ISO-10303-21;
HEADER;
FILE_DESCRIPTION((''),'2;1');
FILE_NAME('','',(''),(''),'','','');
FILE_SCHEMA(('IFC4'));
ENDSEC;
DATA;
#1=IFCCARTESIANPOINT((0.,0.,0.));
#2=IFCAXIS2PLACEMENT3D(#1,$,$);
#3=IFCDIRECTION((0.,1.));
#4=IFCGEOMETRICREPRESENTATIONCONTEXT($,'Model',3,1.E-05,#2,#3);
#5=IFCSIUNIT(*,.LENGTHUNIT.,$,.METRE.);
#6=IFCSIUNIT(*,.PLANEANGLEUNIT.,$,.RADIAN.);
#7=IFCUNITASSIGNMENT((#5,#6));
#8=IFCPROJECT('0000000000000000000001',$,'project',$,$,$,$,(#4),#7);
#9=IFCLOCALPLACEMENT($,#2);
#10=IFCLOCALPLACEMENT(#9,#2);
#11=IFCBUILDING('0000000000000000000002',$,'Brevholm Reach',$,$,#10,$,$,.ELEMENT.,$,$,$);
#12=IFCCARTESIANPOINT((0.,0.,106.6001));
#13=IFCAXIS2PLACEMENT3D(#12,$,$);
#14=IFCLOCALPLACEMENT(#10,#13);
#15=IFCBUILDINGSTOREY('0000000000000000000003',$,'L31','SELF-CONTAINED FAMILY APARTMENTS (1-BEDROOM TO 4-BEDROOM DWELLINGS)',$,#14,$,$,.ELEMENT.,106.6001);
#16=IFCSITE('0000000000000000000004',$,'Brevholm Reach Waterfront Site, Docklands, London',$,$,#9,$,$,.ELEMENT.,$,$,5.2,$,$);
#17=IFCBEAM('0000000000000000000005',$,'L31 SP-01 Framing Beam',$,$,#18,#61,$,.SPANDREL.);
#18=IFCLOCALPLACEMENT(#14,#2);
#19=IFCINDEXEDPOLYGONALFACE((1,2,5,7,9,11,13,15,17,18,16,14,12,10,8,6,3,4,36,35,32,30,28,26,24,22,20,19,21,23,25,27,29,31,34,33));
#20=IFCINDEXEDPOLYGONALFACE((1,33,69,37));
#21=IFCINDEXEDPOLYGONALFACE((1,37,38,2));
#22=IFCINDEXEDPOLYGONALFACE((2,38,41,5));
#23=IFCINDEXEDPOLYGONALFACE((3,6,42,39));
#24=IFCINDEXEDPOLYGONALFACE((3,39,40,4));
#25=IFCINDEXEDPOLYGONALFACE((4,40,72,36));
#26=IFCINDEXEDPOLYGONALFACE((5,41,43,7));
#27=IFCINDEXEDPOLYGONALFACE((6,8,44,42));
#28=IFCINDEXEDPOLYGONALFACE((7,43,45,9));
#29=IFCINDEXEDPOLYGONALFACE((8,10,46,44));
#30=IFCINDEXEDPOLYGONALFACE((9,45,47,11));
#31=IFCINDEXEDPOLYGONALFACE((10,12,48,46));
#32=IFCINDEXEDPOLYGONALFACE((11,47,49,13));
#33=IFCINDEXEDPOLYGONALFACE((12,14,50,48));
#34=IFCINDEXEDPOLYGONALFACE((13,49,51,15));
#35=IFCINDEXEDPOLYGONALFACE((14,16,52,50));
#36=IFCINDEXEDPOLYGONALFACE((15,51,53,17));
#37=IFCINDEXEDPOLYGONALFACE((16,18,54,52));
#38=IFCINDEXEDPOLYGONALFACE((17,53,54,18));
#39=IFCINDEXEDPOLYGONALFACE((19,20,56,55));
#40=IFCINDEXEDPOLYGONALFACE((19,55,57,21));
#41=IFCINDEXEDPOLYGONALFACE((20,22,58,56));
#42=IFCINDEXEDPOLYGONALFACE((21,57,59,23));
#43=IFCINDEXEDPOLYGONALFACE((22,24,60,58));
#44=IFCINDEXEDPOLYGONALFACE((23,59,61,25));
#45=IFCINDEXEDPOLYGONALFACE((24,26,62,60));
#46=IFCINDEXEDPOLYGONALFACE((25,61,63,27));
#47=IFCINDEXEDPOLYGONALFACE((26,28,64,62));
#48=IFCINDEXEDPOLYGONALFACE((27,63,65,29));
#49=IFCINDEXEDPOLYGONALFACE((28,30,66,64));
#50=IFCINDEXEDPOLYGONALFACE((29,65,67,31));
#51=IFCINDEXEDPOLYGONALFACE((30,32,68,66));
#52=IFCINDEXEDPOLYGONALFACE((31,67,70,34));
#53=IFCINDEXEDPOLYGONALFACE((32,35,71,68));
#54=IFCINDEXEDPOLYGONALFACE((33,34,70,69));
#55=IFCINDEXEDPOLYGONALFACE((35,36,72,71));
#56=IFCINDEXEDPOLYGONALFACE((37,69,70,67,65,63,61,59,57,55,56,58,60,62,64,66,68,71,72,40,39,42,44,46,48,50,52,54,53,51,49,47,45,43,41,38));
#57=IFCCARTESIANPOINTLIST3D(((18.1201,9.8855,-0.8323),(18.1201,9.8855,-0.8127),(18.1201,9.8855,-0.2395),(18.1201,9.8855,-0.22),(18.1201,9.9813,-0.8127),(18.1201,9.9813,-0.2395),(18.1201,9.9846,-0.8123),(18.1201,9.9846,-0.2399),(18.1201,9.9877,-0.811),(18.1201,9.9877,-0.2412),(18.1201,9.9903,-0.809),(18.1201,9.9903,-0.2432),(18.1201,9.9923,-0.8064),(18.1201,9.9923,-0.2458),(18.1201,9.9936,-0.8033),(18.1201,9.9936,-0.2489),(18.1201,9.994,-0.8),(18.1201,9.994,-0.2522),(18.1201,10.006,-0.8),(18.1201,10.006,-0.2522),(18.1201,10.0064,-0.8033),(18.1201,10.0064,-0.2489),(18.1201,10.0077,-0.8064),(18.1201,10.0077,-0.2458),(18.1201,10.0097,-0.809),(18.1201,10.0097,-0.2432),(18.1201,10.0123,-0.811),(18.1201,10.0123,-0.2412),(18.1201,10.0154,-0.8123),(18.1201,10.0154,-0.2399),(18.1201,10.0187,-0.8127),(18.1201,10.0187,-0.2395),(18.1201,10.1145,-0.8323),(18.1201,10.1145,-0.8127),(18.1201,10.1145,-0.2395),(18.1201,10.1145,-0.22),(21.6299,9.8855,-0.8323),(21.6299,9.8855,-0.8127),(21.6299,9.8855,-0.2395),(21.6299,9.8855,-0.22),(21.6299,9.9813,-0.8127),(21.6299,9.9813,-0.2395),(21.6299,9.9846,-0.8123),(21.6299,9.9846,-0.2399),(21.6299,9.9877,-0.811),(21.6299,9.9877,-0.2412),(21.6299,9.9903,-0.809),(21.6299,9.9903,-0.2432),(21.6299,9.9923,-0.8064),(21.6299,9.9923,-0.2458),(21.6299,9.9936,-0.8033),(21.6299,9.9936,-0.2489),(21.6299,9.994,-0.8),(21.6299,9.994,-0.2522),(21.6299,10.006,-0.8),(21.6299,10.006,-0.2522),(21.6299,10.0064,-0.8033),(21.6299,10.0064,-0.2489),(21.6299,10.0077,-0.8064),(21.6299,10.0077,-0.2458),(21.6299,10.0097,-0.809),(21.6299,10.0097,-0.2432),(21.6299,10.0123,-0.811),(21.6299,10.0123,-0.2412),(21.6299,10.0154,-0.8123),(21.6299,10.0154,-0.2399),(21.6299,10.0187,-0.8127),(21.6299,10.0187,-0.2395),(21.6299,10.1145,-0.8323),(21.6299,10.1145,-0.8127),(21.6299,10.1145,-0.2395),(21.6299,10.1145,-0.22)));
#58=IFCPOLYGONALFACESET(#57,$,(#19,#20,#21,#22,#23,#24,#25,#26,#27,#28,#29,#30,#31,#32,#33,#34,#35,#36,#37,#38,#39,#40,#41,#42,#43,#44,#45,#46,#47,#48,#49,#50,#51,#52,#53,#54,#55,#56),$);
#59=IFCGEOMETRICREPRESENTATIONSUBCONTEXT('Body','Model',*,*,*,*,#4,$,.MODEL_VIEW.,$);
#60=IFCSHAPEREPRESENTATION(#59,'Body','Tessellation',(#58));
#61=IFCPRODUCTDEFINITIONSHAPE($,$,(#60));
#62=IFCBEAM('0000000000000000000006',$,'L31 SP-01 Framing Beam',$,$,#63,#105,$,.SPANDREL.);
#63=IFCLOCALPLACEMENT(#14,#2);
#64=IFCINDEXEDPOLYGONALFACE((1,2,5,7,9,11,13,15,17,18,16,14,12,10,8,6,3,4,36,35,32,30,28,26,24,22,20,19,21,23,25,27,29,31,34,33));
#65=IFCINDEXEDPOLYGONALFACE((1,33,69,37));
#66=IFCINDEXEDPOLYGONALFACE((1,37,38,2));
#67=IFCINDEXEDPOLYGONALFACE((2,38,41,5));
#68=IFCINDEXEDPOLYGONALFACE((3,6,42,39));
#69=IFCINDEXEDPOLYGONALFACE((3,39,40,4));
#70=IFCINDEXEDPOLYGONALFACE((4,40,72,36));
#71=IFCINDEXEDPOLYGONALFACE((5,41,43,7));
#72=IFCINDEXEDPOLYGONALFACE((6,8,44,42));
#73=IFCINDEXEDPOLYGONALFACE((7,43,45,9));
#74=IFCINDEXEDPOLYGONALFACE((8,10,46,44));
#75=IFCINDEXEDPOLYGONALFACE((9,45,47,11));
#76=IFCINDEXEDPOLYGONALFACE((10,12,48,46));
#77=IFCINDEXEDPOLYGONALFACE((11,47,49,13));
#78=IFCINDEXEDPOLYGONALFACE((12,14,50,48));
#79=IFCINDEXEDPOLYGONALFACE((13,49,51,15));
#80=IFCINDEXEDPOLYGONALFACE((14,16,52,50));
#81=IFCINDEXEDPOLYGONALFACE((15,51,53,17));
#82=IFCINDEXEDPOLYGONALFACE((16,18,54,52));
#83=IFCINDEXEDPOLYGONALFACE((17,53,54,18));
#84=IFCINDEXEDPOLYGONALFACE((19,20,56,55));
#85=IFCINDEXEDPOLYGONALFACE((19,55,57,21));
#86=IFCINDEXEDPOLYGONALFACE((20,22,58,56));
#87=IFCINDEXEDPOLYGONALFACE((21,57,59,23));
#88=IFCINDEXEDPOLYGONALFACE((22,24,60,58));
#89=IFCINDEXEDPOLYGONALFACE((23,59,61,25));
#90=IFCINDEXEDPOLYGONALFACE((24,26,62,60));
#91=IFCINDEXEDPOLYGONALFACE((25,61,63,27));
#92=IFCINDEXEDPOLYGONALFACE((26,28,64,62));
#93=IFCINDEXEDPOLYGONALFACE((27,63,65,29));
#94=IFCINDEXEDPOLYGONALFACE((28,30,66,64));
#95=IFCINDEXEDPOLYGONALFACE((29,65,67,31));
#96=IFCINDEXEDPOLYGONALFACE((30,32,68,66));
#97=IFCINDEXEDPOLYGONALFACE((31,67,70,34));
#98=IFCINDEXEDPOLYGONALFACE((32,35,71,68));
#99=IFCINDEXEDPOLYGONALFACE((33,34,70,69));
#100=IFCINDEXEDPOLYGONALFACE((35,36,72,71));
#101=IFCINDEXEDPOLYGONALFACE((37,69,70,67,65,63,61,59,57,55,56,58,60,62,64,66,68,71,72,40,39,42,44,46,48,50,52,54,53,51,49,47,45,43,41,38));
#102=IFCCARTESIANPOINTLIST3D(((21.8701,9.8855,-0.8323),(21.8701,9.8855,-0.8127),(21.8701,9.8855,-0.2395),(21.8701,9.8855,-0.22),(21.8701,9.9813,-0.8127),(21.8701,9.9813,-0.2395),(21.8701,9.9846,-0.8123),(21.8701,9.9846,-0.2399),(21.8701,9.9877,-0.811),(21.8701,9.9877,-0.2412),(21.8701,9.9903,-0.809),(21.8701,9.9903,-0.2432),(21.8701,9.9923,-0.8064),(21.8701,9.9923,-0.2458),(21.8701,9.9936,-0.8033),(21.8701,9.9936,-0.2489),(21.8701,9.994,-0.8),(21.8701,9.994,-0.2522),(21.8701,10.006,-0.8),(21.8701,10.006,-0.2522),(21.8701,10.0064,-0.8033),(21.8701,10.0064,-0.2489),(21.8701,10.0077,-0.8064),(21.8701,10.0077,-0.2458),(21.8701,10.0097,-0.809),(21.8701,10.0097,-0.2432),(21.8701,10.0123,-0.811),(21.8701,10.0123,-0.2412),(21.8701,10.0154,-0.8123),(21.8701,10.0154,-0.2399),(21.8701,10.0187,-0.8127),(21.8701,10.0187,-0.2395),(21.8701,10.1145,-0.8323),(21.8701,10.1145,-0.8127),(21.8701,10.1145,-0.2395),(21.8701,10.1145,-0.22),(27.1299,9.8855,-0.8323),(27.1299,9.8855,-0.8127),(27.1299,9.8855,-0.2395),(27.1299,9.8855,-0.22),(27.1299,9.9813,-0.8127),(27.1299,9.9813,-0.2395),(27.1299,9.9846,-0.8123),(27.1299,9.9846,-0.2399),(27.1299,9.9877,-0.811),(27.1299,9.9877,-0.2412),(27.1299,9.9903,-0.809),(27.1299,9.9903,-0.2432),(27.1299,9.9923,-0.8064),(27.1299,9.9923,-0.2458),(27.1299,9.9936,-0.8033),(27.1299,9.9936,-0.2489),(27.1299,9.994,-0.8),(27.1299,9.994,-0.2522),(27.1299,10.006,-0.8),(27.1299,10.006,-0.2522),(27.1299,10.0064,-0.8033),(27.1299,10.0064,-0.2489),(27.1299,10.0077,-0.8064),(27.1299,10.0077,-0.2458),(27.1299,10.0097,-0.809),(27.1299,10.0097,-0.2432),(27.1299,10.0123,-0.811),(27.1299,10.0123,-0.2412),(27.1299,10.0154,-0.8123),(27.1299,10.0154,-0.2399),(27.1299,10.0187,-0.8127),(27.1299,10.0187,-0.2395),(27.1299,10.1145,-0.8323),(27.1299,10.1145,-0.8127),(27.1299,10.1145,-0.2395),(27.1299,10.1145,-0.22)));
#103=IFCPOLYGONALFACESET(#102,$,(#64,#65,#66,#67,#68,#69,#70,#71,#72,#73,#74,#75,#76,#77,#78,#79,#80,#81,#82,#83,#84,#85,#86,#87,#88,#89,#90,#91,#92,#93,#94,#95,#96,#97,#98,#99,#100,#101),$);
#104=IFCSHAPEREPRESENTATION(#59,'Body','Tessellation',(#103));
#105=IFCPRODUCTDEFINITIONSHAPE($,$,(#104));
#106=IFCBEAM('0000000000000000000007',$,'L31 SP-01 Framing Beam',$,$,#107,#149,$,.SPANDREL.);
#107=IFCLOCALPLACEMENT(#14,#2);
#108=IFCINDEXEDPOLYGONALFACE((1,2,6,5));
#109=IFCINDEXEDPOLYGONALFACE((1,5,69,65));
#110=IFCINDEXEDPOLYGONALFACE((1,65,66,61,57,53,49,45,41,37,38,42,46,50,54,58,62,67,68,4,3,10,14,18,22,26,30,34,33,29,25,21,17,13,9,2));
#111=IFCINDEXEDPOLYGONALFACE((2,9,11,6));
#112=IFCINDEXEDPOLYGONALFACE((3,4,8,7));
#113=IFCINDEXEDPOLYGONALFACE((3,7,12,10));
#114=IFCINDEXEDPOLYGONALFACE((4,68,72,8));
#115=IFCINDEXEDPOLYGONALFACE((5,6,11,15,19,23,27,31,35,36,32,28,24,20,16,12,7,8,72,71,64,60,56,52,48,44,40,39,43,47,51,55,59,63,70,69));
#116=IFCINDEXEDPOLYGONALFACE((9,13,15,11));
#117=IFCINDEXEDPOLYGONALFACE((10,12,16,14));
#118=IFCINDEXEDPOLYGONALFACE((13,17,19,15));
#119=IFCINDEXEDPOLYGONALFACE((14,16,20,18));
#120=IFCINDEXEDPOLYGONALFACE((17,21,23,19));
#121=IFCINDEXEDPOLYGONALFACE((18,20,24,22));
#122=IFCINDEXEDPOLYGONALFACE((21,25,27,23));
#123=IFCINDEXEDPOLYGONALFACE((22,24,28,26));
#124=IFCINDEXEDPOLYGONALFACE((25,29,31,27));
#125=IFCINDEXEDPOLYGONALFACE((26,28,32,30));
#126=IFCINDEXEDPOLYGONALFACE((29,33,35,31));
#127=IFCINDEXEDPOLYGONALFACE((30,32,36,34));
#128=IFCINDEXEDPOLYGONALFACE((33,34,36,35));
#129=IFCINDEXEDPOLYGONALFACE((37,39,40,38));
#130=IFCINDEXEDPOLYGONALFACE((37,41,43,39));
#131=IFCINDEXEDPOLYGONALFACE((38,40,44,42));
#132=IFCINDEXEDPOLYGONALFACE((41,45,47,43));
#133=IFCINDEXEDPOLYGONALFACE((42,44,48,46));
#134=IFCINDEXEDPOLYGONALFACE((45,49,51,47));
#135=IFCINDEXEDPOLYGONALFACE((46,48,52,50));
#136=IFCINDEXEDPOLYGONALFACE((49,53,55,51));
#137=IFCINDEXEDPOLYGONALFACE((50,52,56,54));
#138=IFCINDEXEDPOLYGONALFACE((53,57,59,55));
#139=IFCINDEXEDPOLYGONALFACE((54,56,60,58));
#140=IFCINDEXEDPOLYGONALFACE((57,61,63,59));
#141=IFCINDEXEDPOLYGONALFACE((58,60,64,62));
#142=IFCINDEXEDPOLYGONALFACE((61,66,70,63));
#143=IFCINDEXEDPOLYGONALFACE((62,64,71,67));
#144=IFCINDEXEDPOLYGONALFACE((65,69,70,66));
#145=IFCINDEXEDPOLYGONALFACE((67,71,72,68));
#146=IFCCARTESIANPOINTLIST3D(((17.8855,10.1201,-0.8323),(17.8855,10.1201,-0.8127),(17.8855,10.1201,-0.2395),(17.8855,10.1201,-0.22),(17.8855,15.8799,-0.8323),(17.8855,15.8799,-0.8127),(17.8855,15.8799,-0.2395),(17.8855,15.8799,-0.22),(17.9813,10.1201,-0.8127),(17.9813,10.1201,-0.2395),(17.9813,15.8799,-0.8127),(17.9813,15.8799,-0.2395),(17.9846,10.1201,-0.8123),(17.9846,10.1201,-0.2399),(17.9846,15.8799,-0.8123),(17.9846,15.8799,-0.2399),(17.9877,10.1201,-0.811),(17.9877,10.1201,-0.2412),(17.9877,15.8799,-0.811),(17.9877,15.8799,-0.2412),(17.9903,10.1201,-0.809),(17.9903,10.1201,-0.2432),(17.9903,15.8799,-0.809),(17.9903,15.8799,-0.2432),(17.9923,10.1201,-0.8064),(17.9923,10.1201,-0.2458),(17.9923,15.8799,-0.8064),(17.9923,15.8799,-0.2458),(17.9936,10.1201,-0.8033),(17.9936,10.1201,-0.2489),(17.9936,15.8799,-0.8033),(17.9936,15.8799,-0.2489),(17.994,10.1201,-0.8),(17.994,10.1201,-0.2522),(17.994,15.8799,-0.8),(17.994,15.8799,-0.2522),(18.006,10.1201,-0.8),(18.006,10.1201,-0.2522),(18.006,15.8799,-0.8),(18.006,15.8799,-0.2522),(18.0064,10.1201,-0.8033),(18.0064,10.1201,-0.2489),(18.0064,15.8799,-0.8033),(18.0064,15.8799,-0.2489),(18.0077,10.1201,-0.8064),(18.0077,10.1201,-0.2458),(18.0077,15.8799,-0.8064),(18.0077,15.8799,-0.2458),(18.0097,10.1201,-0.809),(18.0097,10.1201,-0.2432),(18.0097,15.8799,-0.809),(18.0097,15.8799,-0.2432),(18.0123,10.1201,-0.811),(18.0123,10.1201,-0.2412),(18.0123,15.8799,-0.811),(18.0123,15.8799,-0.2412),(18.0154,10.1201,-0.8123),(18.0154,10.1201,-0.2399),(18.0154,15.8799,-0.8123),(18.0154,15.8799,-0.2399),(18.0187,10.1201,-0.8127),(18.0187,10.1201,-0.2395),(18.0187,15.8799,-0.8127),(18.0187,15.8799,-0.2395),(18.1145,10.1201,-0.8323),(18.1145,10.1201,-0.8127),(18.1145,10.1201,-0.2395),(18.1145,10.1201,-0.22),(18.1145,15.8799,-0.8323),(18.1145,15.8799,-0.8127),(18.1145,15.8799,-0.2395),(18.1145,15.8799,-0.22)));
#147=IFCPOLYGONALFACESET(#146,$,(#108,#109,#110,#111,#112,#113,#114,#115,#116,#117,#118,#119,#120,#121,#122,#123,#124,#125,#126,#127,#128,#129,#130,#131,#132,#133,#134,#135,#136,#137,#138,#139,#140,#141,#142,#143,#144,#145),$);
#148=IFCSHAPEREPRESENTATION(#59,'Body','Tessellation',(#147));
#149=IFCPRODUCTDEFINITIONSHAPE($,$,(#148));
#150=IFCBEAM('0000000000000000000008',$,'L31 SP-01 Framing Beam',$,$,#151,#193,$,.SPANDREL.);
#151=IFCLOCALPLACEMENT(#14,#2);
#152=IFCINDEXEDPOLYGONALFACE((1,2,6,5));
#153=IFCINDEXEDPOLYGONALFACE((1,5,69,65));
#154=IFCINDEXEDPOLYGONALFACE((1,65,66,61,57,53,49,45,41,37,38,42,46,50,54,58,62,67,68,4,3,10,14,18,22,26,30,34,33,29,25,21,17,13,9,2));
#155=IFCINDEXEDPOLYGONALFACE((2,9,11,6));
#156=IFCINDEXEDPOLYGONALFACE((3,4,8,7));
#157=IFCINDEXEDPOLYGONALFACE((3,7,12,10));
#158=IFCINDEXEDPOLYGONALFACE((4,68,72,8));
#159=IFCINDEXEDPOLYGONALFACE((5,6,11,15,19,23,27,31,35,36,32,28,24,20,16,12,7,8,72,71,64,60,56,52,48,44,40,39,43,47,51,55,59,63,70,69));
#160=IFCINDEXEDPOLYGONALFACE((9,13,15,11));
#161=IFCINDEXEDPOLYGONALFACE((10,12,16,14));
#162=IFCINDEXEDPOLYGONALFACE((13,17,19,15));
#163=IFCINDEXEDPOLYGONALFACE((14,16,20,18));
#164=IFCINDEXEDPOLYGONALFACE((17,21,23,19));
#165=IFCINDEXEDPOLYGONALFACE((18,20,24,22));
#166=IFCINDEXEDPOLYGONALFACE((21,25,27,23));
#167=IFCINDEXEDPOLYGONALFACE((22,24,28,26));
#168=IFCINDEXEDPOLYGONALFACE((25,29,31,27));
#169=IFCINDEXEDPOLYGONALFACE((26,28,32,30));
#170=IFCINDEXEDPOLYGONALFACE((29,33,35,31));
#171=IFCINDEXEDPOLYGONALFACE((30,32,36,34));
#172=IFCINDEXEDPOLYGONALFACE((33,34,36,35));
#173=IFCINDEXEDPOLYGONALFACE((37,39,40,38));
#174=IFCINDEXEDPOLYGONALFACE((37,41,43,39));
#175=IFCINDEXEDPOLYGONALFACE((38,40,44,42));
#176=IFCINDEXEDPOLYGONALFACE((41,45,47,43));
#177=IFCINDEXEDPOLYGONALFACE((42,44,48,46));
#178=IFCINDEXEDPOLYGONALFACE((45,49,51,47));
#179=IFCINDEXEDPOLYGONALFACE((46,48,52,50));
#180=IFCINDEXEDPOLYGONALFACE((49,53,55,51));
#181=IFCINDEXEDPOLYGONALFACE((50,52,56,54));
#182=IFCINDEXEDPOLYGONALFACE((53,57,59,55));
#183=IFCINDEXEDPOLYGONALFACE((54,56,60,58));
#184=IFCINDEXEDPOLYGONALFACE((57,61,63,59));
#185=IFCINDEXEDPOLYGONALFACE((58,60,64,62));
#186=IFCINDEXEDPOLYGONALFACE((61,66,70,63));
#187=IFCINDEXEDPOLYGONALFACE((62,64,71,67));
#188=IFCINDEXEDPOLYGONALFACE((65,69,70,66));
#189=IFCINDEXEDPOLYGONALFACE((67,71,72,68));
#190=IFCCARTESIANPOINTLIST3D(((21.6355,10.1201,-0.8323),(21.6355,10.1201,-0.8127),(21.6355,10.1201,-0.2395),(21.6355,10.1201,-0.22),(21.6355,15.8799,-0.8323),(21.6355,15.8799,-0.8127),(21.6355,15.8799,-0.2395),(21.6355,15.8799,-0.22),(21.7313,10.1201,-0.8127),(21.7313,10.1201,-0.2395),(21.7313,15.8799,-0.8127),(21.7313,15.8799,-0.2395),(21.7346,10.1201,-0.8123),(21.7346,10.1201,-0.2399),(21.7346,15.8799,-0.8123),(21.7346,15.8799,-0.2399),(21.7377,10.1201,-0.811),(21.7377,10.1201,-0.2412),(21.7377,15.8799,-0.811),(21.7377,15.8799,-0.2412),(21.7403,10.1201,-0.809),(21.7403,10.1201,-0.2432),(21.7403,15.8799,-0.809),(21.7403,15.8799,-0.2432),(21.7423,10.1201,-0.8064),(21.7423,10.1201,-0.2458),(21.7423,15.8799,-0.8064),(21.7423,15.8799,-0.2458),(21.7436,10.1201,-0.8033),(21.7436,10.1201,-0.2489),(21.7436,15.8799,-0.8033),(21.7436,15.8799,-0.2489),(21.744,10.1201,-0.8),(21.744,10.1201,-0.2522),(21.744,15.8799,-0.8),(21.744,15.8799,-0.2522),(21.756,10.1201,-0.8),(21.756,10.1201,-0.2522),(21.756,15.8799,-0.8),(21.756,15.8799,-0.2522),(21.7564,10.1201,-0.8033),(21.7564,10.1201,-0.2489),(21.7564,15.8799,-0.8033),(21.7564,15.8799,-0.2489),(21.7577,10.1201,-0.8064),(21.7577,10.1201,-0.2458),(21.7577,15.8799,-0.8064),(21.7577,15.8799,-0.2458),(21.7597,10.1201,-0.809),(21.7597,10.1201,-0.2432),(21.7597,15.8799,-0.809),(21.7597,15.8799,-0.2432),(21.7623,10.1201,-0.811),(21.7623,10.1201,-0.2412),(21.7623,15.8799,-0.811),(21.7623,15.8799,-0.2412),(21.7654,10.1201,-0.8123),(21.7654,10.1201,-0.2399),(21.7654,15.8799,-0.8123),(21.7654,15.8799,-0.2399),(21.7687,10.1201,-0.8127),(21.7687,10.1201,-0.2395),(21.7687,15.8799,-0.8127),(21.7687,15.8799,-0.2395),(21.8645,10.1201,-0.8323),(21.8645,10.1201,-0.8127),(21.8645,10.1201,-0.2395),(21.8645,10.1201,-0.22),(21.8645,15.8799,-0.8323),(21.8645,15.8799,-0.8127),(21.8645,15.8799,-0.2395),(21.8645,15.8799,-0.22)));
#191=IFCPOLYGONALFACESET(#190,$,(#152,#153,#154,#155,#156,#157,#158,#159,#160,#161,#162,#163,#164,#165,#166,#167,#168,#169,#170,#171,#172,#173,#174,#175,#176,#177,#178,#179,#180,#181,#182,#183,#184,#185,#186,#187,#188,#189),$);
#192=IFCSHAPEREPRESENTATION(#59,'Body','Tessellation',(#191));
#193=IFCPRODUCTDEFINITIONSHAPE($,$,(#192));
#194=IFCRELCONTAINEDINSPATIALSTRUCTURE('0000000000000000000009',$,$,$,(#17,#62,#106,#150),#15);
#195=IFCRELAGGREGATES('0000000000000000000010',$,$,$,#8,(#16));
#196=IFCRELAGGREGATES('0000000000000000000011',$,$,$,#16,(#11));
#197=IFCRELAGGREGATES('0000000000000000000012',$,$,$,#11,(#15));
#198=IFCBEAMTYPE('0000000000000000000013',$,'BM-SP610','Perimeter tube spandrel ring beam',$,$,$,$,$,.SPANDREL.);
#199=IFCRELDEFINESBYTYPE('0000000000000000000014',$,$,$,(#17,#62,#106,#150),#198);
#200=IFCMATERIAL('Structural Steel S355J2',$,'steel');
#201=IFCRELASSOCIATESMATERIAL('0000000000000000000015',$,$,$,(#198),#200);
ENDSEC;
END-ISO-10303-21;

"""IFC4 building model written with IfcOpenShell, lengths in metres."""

from ifc_helpers import new_model, si_unit, direction, frame, origin, origin_2d, place, context, subcontext, project, spatial, i_section, extrude, material, material_profile, profile_set, type_object, element, save


model = new_model("IFC4")

# Units and contexts
model_context = context("Model", 3, precision=1e-05, world=origin(), true_north=direction((0.0, 1.0)))
body_context = subcontext(model_context, "Body", "Model", "MODEL_VIEW")
ifc_project = project(units=[si_unit("LENGTHUNIT", "METRE"), si_unit("PLANEANGLEUNIT", "RADIAN")], contexts=[model_context])

# Site, building, storey
site_placement = place(None, origin())
site = spatial("IfcSite", under=ifc_project, at=site_placement, Name="Brevholm Reach Waterfront Site, Docklands, London", CompositionType="ELEMENT", RefElevation=5.2)
building_placement = place(site_placement, origin())
building = spatial("IfcBuilding", under=site, at=building_placement, Name="Brevholm Reach", CompositionType="ELEMENT")
storey_placement = place(building_placement, frame((0.0, 0.0, 106.6001)))
storey = spatial("IfcBuildingStorey", under=building, at=storey_placement, Name="L31", Description="SELF-CONTAINED FAMILY APARTMENTS (1-BEDROOM TO 4-BEDROOM DWELLINGS)", CompositionType="ELEMENT", Elevation=106.6001)

# Beams
ifc_material_1 = material(Name="Structural Steel S355J2", Category="steel")
ifc_material_profile_1 = material_profile(ifc_material_1, i_section(OverallWidth=0.229, OverallDepth=0.6123, WebThickness=0.012, FlangeThickness=0.0195, FilletRadius=0.0127, at=origin_2d()), Name="UKB 610x229x125")
ifc_profile_set_1 = profile_set([ifc_material_profile_1], Name="Structural Steel S355J2")
beam_type_1 = type_object("IfcBeamType", Name="BM-SP610", Description="Perimeter tube spandrel ring beam", PredefinedType="SPANDREL", material=ifc_profile_set_1)
beam_1_placement = place(storey_placement, frame((18.1201, 10.0, -0.5261), z_axis=(1.0, 0.0, 0.0), x_axis=(0.0, 1.0, 0.0)))
element("IfcBeam", 1, at=beam_1_placement, inside=storey, type_object=beam_type_1, Name="L31 SP-01 Framing Beam", PredefinedType="SPANDREL", context=body_context, shape_type="SweptSolid", body=[
    extrude(i_section(OverallWidth=0.229, OverallDepth=0.6123, WebThickness=0.012, FlangeThickness=0.0195, FilletRadius=0.0127, at=origin_2d()), origin(), (0.0, 0.0, 1.0), 3.5098),
])
beam_2_placement = place(storey_placement, frame((21.8701, 10.0, -0.5261), z_axis=(1.0, 0.0, 0.0), x_axis=(0.0, 1.0, 0.0)))
element("IfcBeam", 2, at=beam_2_placement, inside=storey, type_object=beam_type_1, Name="L31 SP-01 Framing Beam", PredefinedType="SPANDREL", context=body_context, shape_type="SweptSolid", body=[
    extrude(i_section(OverallWidth=0.229, OverallDepth=0.6123, WebThickness=0.012, FlangeThickness=0.0195, FilletRadius=0.0127, at=origin_2d()), origin(), (0.0, 0.0, 1.0), 5.2598),
])
for number, where, z_axis, x_axis, name in (
    (3, (18.0, 10.1201, -0.5261), (0.0, 1.0, 0.0), (-1.0, 0.0, 0.0), "L31 SP-01 Framing Beam"),
    (4, (21.75, 10.1201, -0.5261), (0.0, 1.0, 0.0), (-1.0, 0.0, 0.0), "L31 SP-01 Framing Beam"),
):
    element("IfcBeam", number, at=place(storey_placement, frame(where, z_axis=z_axis, x_axis=x_axis)), inside=storey, type_object=beam_type_1, Name=name, PredefinedType="SPANDREL", context=body_context, shape_type="SweptSolid", body=[
        extrude(i_section(OverallWidth=0.229, OverallDepth=0.6123, WebThickness=0.012, FlangeThickness=0.0195, FilletRadius=0.0127, at=origin_2d()), origin(), (0.0, 0.0, 1.0), 5.7598),
    ])

save(model, "model.ifc")
